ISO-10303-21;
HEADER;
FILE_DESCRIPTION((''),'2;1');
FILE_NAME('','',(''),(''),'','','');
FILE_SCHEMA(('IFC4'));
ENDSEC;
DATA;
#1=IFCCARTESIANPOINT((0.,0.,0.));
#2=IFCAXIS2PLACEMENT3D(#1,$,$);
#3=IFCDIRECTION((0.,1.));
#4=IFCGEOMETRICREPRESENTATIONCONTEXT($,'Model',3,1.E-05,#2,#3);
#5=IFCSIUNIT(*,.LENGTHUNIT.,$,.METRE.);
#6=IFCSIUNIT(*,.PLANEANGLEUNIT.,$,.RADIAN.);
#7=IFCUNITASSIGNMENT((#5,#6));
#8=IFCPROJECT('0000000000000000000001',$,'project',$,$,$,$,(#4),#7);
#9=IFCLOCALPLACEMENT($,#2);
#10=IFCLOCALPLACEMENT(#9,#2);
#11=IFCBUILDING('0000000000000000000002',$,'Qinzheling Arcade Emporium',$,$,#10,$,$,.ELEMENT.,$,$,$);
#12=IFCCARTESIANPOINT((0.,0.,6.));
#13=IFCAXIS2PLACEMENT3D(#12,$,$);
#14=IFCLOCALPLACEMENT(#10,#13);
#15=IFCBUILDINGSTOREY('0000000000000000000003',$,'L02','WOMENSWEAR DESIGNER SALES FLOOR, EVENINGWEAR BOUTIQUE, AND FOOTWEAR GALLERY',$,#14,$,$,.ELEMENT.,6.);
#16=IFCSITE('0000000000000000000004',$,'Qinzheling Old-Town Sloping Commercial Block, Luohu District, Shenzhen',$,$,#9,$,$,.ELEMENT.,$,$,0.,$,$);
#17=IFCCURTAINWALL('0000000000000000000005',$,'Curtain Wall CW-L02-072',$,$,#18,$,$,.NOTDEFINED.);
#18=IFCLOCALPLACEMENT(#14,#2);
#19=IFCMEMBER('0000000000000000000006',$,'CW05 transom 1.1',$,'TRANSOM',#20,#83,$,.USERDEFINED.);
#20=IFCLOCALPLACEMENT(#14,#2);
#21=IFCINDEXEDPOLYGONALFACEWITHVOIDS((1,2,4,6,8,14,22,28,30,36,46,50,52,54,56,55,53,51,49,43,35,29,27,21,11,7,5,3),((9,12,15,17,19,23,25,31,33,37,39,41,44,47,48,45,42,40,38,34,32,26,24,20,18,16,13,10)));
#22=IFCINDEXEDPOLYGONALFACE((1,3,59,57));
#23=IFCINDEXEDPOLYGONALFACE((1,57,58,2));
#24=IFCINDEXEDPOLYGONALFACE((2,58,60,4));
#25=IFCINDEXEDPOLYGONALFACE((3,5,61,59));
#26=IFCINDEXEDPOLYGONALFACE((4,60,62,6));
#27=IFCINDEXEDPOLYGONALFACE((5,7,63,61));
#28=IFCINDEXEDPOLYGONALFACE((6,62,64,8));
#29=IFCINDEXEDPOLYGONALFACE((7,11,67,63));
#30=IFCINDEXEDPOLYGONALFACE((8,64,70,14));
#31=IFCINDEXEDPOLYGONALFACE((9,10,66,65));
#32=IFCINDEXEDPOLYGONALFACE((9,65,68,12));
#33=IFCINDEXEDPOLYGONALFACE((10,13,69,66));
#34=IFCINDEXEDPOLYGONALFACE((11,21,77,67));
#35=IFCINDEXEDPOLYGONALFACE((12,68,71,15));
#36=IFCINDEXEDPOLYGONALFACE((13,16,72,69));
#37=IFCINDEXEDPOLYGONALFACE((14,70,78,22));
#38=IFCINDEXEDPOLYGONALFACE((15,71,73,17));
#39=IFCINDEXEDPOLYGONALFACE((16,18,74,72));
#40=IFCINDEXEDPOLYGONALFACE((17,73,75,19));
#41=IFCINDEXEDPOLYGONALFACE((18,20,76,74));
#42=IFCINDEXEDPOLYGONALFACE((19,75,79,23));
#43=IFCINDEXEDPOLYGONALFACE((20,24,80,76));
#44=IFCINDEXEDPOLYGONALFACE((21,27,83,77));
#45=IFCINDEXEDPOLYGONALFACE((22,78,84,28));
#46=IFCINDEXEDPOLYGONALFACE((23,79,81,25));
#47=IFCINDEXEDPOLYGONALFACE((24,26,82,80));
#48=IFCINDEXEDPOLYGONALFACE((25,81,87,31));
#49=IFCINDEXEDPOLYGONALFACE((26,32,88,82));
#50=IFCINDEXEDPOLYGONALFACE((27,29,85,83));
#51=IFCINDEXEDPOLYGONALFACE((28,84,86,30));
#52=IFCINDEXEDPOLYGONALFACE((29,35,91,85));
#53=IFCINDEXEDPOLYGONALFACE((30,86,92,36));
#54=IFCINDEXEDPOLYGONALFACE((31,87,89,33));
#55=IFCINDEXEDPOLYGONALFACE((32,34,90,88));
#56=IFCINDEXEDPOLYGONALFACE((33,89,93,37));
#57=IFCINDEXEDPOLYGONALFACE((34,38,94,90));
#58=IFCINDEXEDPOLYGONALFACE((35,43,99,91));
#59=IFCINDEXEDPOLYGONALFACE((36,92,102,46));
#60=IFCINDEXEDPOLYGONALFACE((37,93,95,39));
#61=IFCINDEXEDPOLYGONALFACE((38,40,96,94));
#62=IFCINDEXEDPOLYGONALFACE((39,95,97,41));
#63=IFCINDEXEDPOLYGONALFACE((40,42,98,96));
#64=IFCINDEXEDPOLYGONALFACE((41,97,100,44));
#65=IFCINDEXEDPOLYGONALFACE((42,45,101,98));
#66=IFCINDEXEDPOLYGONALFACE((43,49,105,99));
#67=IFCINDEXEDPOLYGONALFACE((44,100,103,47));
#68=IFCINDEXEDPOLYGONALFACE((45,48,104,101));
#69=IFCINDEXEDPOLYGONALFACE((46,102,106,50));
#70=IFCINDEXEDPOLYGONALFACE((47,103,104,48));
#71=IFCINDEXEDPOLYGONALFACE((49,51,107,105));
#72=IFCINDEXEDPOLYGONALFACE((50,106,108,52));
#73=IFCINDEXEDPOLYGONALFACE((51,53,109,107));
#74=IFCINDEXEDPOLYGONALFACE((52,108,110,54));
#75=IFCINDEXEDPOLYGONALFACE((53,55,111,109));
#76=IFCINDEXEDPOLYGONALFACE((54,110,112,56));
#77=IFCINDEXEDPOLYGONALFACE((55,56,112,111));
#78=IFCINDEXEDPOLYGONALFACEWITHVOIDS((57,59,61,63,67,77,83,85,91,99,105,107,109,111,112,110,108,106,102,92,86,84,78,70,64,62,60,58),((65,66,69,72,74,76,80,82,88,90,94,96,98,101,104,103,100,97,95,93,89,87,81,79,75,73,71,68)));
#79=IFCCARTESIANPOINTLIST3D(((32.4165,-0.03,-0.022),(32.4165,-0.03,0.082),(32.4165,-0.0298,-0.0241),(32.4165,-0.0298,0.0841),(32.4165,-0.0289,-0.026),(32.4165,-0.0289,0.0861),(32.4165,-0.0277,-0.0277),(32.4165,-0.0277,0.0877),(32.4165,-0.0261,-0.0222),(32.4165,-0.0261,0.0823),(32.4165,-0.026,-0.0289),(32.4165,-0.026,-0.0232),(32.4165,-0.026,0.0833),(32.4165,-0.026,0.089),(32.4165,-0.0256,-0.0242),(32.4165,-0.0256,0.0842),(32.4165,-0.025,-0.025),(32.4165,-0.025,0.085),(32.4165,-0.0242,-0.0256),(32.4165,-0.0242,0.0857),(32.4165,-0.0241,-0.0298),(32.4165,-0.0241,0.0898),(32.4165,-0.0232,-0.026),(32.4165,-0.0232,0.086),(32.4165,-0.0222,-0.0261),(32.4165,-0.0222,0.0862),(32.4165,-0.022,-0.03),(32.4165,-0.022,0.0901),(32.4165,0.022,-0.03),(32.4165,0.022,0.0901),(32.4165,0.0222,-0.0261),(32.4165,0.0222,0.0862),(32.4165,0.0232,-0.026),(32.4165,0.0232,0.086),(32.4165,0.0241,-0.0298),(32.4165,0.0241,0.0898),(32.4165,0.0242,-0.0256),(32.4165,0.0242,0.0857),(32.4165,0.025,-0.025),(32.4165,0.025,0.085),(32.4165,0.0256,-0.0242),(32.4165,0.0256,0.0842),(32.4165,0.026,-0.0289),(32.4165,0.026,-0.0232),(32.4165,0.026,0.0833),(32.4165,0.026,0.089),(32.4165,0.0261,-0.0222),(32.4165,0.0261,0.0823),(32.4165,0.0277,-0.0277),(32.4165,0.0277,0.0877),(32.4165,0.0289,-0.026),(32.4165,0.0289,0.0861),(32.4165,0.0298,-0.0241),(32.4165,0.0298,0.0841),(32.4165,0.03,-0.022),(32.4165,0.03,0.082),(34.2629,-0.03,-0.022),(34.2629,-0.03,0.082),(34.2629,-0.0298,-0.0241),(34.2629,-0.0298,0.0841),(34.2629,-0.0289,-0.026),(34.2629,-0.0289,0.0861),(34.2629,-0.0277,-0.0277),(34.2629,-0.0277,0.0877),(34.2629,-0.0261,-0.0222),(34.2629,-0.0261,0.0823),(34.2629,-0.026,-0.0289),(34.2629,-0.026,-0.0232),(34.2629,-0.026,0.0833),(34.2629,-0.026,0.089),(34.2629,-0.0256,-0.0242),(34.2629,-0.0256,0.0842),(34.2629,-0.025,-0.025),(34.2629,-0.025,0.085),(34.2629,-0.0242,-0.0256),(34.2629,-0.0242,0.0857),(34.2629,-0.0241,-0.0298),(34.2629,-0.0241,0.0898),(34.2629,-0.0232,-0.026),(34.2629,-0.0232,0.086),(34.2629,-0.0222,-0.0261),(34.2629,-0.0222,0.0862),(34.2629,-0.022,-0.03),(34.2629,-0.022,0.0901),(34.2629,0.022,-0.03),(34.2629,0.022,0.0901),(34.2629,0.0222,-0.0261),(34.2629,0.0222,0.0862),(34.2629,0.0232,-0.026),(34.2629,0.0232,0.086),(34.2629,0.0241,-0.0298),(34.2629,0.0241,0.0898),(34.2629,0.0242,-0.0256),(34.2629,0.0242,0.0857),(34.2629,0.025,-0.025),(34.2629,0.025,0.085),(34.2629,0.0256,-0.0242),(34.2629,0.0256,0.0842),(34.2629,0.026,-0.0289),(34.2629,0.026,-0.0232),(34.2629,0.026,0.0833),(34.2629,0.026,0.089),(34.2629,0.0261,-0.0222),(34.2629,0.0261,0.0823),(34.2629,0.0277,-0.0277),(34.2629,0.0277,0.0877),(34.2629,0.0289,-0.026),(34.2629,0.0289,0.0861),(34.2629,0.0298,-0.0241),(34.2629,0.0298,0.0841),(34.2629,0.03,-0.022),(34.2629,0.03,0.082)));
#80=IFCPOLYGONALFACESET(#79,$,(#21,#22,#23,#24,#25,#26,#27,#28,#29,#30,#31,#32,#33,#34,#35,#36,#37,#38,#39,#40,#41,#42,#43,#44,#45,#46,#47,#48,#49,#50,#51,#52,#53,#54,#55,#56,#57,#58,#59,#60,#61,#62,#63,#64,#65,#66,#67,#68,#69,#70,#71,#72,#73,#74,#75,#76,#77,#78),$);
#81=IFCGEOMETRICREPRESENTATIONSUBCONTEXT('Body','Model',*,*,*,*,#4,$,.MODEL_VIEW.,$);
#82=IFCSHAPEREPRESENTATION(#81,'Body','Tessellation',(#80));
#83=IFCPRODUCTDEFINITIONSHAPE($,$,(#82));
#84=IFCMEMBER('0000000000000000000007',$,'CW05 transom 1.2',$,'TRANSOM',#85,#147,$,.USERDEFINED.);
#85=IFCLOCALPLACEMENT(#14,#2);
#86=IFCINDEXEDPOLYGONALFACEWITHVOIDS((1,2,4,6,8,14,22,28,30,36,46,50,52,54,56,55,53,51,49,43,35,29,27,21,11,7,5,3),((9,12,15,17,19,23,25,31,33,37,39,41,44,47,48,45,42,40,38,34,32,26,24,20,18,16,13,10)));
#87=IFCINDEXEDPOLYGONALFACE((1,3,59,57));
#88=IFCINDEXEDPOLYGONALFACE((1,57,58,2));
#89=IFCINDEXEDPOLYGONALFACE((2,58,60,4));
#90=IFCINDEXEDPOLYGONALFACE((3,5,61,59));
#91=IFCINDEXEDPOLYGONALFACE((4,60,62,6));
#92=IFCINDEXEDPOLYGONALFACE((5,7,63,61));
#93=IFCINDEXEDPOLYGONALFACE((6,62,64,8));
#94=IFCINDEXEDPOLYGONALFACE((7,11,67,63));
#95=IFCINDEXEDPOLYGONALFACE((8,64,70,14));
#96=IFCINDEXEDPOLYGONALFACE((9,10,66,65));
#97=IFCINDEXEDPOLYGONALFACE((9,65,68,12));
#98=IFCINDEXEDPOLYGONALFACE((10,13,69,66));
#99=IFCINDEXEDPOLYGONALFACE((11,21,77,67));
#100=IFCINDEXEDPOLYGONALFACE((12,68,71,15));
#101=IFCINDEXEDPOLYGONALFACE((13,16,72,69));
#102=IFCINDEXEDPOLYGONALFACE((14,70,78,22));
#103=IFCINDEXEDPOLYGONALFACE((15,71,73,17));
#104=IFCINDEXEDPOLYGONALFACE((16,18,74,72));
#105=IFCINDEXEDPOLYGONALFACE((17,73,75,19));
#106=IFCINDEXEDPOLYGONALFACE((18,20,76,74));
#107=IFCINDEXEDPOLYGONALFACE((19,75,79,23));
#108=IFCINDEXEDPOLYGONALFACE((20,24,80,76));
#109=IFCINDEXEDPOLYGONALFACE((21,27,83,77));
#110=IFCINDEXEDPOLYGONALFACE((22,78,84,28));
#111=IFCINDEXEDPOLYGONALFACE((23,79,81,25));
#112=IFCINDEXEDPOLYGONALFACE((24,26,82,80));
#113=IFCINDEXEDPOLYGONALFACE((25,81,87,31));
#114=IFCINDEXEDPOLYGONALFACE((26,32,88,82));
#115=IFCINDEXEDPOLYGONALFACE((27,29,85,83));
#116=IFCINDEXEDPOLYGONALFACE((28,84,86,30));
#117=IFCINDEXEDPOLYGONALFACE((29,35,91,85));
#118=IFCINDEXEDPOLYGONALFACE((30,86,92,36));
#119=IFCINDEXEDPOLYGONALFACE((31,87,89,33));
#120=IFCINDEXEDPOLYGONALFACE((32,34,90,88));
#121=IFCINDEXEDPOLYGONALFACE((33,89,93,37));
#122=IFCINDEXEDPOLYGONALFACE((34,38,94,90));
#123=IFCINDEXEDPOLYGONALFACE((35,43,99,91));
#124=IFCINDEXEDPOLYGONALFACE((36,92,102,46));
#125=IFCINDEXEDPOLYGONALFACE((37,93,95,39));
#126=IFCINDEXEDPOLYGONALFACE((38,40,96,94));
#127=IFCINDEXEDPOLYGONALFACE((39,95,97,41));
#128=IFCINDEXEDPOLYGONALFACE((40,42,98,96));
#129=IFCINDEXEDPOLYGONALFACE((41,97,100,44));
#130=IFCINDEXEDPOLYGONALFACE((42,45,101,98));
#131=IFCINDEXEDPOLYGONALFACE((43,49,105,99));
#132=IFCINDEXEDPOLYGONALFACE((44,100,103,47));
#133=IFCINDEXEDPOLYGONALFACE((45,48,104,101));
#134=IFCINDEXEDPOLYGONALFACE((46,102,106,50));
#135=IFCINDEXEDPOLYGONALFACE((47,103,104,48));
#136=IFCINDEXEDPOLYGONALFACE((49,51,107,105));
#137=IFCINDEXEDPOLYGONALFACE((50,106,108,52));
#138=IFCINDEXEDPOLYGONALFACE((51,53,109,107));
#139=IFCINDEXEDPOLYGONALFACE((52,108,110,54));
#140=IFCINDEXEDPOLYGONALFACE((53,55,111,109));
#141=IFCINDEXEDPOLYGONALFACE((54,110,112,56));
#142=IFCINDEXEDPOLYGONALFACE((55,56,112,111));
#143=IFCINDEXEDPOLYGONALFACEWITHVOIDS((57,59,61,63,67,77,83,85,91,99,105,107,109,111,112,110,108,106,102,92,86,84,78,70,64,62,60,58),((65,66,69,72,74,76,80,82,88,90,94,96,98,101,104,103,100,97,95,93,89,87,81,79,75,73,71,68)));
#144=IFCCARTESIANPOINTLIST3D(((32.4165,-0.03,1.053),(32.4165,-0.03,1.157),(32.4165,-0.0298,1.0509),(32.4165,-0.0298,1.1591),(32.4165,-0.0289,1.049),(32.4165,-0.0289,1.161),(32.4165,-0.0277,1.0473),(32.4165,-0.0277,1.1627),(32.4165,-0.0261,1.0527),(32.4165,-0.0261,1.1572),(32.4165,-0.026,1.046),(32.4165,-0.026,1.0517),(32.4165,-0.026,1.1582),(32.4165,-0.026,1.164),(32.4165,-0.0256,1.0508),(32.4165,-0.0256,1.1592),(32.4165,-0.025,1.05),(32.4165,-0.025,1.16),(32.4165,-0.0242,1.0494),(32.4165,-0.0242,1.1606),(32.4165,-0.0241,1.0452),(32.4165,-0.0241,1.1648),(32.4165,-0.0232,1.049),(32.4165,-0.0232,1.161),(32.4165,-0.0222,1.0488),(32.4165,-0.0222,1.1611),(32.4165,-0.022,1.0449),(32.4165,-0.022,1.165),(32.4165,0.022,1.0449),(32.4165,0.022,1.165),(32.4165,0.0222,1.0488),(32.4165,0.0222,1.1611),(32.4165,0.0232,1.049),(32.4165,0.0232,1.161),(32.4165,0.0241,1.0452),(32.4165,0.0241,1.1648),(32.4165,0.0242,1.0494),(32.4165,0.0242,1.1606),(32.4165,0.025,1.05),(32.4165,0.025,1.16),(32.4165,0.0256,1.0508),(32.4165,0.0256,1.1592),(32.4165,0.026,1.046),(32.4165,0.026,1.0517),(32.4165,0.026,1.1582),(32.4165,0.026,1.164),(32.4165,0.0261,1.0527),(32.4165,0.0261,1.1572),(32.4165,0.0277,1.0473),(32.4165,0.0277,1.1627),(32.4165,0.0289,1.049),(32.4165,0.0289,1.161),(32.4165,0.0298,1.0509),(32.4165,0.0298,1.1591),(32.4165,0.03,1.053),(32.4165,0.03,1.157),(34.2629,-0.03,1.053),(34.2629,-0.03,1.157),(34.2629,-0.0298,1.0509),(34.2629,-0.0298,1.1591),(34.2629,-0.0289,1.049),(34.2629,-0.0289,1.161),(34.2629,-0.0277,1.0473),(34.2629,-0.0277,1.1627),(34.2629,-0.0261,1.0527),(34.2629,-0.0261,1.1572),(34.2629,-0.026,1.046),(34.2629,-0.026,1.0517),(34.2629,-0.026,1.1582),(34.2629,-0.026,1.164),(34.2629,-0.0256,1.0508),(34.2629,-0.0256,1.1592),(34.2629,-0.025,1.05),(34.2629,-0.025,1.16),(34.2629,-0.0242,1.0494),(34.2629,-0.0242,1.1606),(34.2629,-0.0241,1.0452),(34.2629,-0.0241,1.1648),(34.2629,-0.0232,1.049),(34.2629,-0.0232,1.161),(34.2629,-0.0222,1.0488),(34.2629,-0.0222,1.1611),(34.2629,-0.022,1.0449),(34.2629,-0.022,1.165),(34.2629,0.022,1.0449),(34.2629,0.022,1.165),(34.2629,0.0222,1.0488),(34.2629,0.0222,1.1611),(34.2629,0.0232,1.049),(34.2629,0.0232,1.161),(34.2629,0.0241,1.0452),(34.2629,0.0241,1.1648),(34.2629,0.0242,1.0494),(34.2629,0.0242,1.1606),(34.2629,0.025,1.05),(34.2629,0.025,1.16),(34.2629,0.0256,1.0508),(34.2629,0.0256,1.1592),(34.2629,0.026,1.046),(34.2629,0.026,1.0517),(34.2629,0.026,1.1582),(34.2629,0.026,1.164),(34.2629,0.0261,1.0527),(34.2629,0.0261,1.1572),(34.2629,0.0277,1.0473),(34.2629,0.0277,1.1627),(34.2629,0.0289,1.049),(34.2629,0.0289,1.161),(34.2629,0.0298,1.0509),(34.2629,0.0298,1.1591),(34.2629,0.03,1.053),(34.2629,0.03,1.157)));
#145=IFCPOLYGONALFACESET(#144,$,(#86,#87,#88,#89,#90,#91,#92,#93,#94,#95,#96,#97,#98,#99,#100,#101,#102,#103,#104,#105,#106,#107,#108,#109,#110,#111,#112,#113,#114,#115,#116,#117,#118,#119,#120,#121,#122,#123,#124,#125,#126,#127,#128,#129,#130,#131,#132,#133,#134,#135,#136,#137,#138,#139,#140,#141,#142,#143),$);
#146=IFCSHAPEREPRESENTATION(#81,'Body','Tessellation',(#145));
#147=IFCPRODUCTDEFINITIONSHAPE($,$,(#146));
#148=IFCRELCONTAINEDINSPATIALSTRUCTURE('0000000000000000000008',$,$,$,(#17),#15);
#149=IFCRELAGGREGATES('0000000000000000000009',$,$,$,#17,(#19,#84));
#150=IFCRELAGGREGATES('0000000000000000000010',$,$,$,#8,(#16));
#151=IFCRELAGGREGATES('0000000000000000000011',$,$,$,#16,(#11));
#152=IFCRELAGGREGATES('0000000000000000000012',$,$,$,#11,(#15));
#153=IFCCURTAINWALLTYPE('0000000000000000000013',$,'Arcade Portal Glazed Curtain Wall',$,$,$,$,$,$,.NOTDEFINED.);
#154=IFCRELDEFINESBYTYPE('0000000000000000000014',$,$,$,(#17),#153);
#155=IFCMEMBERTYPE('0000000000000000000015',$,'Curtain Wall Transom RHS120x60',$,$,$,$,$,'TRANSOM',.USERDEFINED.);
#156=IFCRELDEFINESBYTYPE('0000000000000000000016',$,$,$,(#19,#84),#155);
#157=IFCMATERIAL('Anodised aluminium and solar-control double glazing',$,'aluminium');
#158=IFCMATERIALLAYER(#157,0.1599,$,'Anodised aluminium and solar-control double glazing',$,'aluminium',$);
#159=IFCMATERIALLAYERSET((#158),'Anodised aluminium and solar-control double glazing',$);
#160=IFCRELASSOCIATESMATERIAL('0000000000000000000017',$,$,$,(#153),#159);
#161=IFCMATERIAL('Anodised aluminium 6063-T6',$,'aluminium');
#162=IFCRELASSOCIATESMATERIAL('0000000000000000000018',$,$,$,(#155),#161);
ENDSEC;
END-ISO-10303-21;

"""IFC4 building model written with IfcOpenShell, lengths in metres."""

from ifc_helpers import new_model, si_unit, direction, frame, origin, origin_2d, place, context, subcontext, project, spatial, hollow_rectangle, extrude, material, layer, layer_set, material_profile, profile_set, type_object, element, aggregate, save


model = new_model("IFC4")

# Units and contexts
model_context = context("Model", 3, precision=1e-05, world=origin(), true_north=direction((0.0, 1.0)))
body_context = subcontext(model_context, "Body", "Model", "MODEL_VIEW")
ifc_project = project(units=[si_unit("LENGTHUNIT", "METRE"), si_unit("PLANEANGLEUNIT", "RADIAN")], contexts=[model_context])

# Site, building, storey
site_placement = place(None, origin())
site = spatial("IfcSite", under=ifc_project, at=site_placement, Name="Qinzheling Old-Town Sloping Commercial Block, Luohu District, Shenzhen", CompositionType="ELEMENT", RefElevation=0.0)
building_placement = place(site_placement, origin())
building = spatial("IfcBuilding", under=site, at=building_placement, Name="Qinzheling Arcade Emporium", CompositionType="ELEMENT")
storey_placement = place(building_placement, frame((0.0, 0.0, 6.0)))
storey = spatial("IfcBuildingStorey", under=building, at=storey_placement, Name="L02", Description="WOMENSWEAR DESIGNER SALES FLOOR, EVENINGWEAR BOUTIQUE, AND FOOTWEAR GALLERY", CompositionType="ELEMENT", Elevation=6.0)

# Shared definitions
ifc_material_1 = material(Name="Anodised aluminium and solar-control double glazing", Category="aluminium")
ifc_layer_1 = layer(ifc_material_1, 0.1599, Name="Anodised aluminium and solar-control double glazing", Category="aluminium")
ifc_layer_set_1 = layer_set([ifc_layer_1], Name="Anodised aluminium and solar-control double glazing")
curtain_wall_type = type_object("IfcCurtainWallType", Name="Arcade Portal Glazed Curtain Wall", PredefinedType="NOTDEFINED", material=ifc_layer_set_1)
ifc_material_2 = material(Name="Anodised aluminium 6063-T6", Category="aluminium")

# Curtain wall, members
curtain_wall_1_placement = place(storey_placement, origin())
curtain_wall_1 = element("IfcCurtainWall", 1, at=curtain_wall_1_placement, inside=storey, type_object=curtain_wall_type, Name="Curtain Wall CW-L02-072", PredefinedType="NOTDEFINED")
ifc_material_profile_1 = material_profile(ifc_material_2, hollow_rectangle(XDim=0.0601, YDim=0.1201, WallThickness=0.0039, InnerFilletRadius=0.0039, OuterFilletRadius=0.0081, at=origin_2d()), Name="RHS 120x60x4", Category="aluminium")
ifc_profile_set_1 = profile_set([ifc_material_profile_1], Name="Anodised aluminium 6063-T6")
member_type_1 = type_object("IfcMemberType", Name="Curtain Wall Transom RHS120x60", ElementType="TRANSOM", PredefinedType="USERDEFINED", material=ifc_profile_set_1)
member_1_placement = place(storey_placement, frame((34.2629, 0.0, 0.03), z_axis=(-1.0, 0.0, 0.0), x_axis=(0.0, -1.0, 0.0)))
member_1 = element("IfcMember", 2, at=member_1_placement, type_object=member_type_1, Name="CW05 transom 1.1", ObjectType="TRANSOM", PredefinedType="USERDEFINED", context=body_context, shape_type="SweptSolid", body=[
    extrude(hollow_rectangle(XDim=0.0601, YDim=0.1201, WallThickness=0.0039, InnerFilletRadius=0.0039, OuterFilletRadius=0.0081, at=origin_2d()), origin(), (0.0, 0.0, 1.0), 1.8464),
])
member_2_placement = place(storey_placement, frame((34.2629, 0.0, 1.105), z_axis=(-1.0, 0.0, 0.0), x_axis=(0.0, -1.0, 0.0)))
member_2 = element("IfcMember", 3, at=member_2_placement, type_object=member_type_1, Name="CW05 transom 1.2", ObjectType="TRANSOM", PredefinedType="USERDEFINED", context=body_context, shape_type="SweptSolid", body=[
    extrude(hollow_rectangle(XDim=0.0601, YDim=0.1201, WallThickness=0.0039, InnerFilletRadius=0.0039, OuterFilletRadius=0.0081, at=origin_2d()), origin(), (0.0, 0.0, 1.0), 1.8464),
])

aggregate(curtain_wall_1, [member_1, member_2])

save(model, "model.ifc")
